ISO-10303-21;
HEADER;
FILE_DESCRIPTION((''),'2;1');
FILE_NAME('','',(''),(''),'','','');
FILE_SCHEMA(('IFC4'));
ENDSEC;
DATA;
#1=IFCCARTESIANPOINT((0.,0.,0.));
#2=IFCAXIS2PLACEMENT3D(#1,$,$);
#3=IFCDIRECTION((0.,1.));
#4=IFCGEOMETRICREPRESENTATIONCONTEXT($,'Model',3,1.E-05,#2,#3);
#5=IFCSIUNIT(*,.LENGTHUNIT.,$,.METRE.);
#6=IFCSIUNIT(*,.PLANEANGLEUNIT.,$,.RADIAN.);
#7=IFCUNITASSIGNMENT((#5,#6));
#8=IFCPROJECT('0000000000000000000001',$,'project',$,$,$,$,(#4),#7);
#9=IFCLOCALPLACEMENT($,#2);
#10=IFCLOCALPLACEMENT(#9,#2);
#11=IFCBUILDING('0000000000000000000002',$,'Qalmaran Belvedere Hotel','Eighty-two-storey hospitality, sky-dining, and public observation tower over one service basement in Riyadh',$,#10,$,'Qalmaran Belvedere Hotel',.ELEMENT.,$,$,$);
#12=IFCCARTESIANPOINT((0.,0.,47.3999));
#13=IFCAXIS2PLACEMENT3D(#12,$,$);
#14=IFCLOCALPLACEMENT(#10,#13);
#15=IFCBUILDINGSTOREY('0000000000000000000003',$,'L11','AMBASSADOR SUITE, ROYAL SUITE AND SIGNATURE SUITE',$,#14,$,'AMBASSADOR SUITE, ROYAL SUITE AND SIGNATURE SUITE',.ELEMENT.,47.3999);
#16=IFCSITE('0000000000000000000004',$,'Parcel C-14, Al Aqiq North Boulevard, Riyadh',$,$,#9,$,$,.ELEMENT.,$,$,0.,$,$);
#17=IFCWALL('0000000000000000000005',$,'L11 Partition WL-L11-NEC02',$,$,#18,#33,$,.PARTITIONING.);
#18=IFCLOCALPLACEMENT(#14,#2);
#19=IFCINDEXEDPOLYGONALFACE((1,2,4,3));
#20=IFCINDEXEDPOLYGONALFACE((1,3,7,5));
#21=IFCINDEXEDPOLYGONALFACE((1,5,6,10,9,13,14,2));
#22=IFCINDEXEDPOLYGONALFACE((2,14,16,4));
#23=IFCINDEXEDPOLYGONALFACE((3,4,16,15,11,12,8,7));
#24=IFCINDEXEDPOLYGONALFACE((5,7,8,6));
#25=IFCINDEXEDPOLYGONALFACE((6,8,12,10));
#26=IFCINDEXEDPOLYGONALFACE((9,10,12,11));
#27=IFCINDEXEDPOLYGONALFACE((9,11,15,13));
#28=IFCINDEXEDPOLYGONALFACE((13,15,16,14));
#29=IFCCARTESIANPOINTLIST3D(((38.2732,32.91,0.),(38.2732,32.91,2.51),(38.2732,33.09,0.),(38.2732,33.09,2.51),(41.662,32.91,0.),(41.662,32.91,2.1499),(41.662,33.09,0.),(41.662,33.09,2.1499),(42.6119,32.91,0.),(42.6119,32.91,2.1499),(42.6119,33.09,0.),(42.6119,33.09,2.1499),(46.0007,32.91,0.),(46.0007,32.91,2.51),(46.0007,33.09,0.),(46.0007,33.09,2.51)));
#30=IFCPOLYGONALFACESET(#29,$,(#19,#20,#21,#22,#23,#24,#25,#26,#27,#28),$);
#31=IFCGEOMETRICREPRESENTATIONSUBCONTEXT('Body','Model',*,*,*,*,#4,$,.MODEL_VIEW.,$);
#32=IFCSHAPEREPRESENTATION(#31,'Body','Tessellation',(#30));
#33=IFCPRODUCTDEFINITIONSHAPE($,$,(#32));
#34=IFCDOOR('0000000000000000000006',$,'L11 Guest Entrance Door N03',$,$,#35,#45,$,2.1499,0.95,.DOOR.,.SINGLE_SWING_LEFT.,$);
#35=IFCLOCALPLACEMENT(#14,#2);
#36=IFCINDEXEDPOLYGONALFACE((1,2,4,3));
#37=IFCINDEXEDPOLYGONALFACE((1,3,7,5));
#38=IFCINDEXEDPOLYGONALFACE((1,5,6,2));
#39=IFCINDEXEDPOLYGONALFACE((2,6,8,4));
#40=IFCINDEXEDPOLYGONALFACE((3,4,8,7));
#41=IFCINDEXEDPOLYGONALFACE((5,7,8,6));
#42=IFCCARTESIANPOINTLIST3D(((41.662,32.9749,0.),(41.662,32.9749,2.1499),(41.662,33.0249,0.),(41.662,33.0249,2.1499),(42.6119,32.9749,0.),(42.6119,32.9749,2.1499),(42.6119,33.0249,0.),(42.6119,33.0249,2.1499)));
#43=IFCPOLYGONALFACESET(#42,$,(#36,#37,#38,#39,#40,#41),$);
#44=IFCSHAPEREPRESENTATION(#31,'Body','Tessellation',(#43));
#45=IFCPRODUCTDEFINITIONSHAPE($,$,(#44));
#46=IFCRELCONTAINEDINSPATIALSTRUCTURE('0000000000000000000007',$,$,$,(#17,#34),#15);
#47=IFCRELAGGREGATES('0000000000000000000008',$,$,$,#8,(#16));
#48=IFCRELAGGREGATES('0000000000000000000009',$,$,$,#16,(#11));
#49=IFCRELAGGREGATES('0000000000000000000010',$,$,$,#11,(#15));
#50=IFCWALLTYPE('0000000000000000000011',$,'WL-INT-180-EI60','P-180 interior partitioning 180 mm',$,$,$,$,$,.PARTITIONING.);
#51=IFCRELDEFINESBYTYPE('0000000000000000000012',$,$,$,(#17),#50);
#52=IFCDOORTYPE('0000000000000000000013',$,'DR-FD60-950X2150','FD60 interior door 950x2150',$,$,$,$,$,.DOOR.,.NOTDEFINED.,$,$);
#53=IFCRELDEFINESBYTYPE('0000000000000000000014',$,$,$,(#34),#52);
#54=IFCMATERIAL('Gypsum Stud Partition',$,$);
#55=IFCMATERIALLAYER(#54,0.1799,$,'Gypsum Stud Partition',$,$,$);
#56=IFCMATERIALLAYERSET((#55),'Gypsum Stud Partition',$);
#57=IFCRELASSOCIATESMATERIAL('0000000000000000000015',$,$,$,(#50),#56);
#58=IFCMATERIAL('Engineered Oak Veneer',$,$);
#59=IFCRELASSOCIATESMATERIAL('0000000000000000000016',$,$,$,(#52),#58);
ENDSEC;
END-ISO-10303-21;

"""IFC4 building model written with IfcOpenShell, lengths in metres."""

from ifc_helpers import new_model, si_unit, direction, frame, frame_2d, origin, place, context, subcontext, project, spatial, rectangle, extrude, material, layer, layer_set, type_object, element, fill, save


model = new_model("IFC4")

# Units and contexts
model_context = context("Model", 3, precision=1e-05, world=origin(), true_north=direction((0.0, 1.0)))
body_context = subcontext(model_context, "Body", "Model", "MODEL_VIEW")
ifc_project = project(units=[si_unit("LENGTHUNIT", "METRE"), si_unit("PLANEANGLEUNIT", "RADIAN")], contexts=[model_context])

# Site, building, storey
site_placement = place(None, origin())
site = spatial("IfcSite", under=ifc_project, at=site_placement, Name="Parcel C-14, Al Aqiq North Boulevard, Riyadh", CompositionType="ELEMENT", RefElevation=0.0)
building_placement = place(site_placement, origin())
building = spatial("IfcBuilding", under=site, at=building_placement, Name="Qalmaran Belvedere Hotel", Description="Eighty-two-storey hospitality, sky-dining, and public observation tower over one service basement in Riyadh", LongName="Qalmaran Belvedere Hotel", CompositionType="ELEMENT")
storey_placement = place(building_placement, frame((0.0, 0.0, 47.3999)))
storey = spatial("IfcBuildingStorey", under=building, at=storey_placement, Name="L11", Description="AMBASSADOR SUITE, ROYAL SUITE AND SIGNATURE SUITE", LongName="AMBASSADOR SUITE, ROYAL SUITE AND SIGNATURE SUITE", CompositionType="ELEMENT", Elevation=47.3999)

# Shared definitions
ifc_material_1 = material(Name="Gypsum Stud Partition")
ifc_layer_1 = layer(ifc_material_1, 0.1799, Name="Gypsum Stud Partition")
ifc_layer_set_1 = layer_set([ifc_layer_1], Name="Gypsum Stud Partition")
wall_type_1 = type_object("IfcWallType", Name="WL-INT-180-EI60", Description="P-180 interior partitioning 180 mm", PredefinedType="PARTITIONING", material=ifc_layer_set_1)

# Shared definitions
ifc_material_2 = material(Name="Engineered Oak Veneer")
door_type = type_object("IfcDoorType", Name="DR-FD60-950X2150", Description="FD60 interior door 950x2150", OperationType="NOTDEFINED", PredefinedType="DOOR", material=ifc_material_2)

# Wall, opening, door
wall_1_placement = place(storey_placement, frame((38.2732, 33.0, 0.0), z_axis=(0.0, 0.0, 1.0), x_axis=(1.0, 0.0, 0.0)))
wall_1 = element("IfcWall", 1, at=wall_1_placement, inside=storey, type_object=wall_type_1, Name="L11 Partition WL-L11-NEC02", PredefinedType="PARTITIONING", context=body_context, shape_type="SweptSolid", body=[
    extrude(rectangle(XDim=7.7275, YDim=0.1799, at=frame_2d((3.8638, 0.0))), origin(), (0.0, 0.0, 1.0), 2.51),
])
opening_1_placement = place(wall_1_placement, frame((3.3887, 0.0, 0.0)))
opening_1 = element("IfcOpeningElement", 2, at=opening_1_placement, cuts=wall_1, PredefinedType="OPENING", context=body_context, shape_type="SweptSolid", body=[
    extrude(rectangle(XDim=0.95, YDim=2.1499, at=frame_2d((0.4751, 1.075))), frame((0.0, 0.1001, 0.0), z_axis=(0.0, -1.0, 0.0), x_axis=(1.0, 0.0, 0.0)), (0.0, 0.0, 1.0), 0.2),
])
door_1_placement = place(opening_1_placement, origin())
door_1 = element("IfcDoor", 3, at=door_1_placement, inside=storey, type_object=door_type, Name="L11 Guest Entrance Door N03", OperationType="SINGLE_SWING_LEFT", OverallHeight=2.1499, OverallWidth=0.95, PredefinedType="DOOR", context=body_context, shape_type="SweptSolid", body=[
    extrude(rectangle(XDim=0.95, YDim=2.1499, at=frame_2d((0.4751, 1.075))), frame((0.0, 0.0249, 0.0), z_axis=(0.0, -1.0, 0.0), x_axis=(1.0, 0.0, 0.0)), (0.0, 0.0, 1.0), 0.05),
])
fill(opening_1, door_1)

save(model, "model.ifc")
